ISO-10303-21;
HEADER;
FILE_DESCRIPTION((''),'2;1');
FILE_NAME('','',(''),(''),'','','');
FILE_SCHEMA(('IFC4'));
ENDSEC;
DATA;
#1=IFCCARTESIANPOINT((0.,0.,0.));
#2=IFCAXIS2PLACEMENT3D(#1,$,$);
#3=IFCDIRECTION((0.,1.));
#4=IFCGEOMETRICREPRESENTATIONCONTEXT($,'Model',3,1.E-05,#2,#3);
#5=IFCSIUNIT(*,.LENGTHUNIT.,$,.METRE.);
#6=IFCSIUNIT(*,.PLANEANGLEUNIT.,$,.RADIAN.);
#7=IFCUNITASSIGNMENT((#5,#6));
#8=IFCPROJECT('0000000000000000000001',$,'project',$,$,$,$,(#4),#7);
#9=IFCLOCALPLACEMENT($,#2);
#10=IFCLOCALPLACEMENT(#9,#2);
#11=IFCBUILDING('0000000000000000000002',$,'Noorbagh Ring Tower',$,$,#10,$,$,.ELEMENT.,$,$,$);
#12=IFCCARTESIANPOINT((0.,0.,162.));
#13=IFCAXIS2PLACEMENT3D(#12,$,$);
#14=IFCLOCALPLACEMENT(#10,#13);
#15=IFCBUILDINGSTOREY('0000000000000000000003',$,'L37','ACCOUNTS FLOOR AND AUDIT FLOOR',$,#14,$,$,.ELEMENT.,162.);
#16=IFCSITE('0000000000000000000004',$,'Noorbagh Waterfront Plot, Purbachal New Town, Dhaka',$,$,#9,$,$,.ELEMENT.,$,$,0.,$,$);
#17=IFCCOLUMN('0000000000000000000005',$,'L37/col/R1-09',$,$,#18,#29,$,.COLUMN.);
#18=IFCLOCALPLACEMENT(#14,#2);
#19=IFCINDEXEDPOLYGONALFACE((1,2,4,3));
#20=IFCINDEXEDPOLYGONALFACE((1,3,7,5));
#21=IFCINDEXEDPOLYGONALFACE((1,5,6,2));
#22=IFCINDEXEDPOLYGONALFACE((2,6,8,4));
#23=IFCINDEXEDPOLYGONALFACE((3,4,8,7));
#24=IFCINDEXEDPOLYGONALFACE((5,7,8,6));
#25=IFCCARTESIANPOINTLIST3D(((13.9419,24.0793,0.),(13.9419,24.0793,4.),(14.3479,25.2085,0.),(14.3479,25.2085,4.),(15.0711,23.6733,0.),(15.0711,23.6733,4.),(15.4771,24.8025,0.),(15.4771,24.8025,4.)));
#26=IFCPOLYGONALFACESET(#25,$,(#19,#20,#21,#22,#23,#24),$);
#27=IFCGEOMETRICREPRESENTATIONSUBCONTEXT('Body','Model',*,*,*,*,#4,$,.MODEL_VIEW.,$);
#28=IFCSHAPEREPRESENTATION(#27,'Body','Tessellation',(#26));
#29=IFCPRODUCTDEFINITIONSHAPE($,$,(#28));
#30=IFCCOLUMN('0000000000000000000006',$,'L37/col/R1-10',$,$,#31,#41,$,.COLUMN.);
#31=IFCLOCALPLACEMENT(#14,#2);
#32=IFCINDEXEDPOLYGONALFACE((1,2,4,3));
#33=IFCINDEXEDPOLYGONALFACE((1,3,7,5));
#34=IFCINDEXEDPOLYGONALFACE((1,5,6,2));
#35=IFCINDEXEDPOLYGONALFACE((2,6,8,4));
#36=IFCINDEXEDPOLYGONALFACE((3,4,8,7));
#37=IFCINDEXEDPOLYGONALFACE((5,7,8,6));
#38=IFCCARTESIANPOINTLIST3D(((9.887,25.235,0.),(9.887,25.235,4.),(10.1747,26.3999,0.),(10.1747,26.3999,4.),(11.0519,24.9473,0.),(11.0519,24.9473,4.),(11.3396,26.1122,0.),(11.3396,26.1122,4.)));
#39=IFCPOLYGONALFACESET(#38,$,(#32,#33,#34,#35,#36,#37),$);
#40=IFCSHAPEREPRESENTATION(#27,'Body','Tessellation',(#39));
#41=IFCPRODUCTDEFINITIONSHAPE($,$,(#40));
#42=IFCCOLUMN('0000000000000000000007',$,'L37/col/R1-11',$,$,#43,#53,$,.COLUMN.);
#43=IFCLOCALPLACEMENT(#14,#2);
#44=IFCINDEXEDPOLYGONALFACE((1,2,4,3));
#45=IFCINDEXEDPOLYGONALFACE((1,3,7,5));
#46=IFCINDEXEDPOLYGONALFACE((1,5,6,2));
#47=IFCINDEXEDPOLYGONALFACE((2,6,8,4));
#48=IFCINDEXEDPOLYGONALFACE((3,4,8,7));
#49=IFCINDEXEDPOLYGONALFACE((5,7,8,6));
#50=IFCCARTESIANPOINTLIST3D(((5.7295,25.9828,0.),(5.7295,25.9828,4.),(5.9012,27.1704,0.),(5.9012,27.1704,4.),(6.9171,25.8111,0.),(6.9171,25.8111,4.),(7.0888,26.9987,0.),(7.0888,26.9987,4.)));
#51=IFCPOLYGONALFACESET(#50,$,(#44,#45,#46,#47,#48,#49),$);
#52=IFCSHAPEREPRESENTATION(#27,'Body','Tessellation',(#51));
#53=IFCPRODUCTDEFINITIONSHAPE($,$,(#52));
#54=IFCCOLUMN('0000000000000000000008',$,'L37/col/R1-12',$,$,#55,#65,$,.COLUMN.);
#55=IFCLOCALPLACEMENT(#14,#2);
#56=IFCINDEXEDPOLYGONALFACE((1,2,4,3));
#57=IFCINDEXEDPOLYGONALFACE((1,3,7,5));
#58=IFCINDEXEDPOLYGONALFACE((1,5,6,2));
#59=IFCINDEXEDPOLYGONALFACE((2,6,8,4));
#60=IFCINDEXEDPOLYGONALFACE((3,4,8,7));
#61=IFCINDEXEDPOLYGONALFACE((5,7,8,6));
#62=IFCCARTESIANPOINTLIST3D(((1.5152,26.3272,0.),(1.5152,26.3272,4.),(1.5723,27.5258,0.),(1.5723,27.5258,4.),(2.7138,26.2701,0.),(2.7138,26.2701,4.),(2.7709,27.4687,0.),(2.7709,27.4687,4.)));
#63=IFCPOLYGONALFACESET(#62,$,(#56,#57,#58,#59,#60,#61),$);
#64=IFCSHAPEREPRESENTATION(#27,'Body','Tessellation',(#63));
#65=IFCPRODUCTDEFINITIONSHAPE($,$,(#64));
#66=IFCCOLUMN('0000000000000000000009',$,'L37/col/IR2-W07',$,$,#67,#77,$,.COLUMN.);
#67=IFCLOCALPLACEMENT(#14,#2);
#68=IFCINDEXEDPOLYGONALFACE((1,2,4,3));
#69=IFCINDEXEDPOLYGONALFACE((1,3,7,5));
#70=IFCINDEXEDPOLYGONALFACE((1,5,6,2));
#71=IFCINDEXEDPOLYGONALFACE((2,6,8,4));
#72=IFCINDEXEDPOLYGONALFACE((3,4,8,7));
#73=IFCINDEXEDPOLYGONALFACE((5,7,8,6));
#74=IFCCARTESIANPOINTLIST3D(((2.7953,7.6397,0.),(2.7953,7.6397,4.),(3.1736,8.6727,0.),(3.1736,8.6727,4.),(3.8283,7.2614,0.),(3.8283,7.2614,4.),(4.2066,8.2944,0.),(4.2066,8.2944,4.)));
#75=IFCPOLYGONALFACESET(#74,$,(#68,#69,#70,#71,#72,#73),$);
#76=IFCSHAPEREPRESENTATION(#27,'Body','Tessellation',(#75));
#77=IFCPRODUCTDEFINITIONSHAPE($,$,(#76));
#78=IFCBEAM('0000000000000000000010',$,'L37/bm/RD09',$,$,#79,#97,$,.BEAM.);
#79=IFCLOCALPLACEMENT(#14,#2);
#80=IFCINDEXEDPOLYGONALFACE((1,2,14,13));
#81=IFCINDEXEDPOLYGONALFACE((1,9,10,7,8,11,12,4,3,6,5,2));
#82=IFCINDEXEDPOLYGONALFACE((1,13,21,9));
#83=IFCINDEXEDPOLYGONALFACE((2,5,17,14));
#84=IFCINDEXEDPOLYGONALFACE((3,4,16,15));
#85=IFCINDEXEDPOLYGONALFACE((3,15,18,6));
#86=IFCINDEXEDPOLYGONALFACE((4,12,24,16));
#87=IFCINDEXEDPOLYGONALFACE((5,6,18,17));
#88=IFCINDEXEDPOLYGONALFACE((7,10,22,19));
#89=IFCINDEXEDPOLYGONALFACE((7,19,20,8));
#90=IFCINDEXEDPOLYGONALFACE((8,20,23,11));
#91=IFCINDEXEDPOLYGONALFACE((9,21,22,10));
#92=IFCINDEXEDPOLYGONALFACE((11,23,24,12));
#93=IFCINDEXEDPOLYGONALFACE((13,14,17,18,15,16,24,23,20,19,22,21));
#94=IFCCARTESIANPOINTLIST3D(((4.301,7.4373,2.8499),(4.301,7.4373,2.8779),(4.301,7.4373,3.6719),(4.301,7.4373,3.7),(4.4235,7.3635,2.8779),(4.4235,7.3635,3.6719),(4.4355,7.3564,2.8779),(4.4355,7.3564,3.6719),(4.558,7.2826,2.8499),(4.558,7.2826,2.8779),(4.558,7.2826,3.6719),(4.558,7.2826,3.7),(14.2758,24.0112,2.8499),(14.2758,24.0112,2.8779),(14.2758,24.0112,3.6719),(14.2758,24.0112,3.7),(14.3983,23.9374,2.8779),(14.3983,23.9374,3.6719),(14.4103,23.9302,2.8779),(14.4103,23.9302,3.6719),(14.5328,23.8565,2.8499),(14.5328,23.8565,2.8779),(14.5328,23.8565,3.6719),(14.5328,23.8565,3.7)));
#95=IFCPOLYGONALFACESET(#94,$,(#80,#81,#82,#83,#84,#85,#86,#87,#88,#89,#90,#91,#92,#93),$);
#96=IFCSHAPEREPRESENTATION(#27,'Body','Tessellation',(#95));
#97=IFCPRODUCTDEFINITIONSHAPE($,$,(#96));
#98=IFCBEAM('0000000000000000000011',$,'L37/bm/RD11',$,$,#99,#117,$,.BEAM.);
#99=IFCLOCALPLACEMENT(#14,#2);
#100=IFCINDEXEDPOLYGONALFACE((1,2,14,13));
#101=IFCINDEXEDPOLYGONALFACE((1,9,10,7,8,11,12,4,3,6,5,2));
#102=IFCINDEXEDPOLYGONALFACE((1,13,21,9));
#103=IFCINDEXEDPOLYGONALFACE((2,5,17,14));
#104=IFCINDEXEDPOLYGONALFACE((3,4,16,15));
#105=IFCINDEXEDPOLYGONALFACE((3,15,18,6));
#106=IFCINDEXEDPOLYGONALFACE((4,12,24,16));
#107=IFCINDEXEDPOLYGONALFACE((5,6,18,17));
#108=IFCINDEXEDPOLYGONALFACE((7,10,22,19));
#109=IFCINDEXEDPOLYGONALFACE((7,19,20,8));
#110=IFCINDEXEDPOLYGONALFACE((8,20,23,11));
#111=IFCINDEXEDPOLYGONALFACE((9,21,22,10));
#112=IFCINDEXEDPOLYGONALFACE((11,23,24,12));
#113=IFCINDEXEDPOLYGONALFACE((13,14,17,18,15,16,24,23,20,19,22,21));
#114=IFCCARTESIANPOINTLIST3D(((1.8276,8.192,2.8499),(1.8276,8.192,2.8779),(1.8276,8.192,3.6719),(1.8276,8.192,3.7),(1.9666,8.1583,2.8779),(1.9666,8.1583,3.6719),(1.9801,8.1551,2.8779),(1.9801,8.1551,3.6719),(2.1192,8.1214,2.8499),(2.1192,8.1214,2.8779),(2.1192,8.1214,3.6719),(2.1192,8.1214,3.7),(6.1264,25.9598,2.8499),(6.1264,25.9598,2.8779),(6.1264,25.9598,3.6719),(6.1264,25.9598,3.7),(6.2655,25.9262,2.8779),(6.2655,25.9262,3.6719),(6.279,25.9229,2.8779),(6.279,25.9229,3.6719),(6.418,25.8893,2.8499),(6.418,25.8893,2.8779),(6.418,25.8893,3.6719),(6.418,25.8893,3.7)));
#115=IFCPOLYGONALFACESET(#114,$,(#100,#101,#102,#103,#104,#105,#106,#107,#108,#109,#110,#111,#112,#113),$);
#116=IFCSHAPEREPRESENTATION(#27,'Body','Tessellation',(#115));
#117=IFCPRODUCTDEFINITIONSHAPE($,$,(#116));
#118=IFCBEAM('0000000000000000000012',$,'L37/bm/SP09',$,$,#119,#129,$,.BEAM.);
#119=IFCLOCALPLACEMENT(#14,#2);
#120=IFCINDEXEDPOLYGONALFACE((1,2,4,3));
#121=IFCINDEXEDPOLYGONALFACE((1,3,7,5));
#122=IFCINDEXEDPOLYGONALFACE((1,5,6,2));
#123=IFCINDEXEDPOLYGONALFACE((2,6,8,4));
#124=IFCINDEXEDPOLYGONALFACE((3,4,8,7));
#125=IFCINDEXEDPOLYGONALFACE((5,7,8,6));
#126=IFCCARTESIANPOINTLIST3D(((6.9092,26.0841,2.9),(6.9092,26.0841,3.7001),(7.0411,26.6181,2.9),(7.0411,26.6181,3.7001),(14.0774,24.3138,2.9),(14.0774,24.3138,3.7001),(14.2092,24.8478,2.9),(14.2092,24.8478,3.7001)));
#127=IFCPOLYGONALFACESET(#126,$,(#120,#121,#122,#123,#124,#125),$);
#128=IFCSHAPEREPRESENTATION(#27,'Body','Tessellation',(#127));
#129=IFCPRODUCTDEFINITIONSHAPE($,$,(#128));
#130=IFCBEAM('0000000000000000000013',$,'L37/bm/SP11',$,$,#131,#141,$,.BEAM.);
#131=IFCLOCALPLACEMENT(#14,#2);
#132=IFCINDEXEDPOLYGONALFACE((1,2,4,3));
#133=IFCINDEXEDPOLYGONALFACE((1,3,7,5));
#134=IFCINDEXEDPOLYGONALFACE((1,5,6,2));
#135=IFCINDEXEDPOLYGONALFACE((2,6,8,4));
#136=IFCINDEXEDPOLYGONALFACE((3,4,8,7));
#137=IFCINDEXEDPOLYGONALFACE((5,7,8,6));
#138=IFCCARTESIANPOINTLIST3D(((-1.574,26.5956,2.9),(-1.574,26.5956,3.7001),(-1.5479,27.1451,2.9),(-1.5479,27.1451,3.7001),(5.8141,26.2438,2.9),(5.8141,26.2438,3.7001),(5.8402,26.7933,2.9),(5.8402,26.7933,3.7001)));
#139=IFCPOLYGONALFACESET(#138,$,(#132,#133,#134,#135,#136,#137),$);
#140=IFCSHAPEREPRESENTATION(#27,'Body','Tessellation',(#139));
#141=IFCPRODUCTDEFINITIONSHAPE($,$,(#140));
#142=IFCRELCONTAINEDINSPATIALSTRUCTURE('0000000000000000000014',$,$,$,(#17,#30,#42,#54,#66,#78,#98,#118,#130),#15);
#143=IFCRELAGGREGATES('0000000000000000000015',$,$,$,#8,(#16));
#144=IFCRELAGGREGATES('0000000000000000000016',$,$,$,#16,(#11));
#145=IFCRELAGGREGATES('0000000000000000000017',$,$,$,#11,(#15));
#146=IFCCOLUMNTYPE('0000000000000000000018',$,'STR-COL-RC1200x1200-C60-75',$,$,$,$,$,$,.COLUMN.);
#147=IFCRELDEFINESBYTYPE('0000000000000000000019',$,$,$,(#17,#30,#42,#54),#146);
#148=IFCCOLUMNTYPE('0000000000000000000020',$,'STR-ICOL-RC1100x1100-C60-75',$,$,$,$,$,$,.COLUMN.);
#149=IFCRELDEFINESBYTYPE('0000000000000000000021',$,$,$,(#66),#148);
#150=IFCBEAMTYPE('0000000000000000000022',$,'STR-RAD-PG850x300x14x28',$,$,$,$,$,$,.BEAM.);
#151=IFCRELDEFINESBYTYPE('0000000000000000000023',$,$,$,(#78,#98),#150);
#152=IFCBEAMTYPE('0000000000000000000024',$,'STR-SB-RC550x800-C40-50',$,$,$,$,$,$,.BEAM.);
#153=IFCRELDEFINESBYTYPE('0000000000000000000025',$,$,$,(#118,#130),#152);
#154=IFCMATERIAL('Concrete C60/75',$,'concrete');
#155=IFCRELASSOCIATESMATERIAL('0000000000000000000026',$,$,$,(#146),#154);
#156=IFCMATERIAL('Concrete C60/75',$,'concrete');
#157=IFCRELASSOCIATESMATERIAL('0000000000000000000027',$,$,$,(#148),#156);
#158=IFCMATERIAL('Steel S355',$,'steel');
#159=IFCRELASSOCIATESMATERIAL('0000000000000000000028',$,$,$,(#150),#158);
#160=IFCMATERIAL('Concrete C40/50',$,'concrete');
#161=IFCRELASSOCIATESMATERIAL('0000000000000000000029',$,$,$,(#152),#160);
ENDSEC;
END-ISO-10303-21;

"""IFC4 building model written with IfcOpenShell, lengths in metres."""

from ifc_helpers import new_model, si_unit, direction, frame, origin, origin_2d, place, context, subcontext, project, spatial, rectangle, i_section, extrude, material, material_profile, profile_set, type_object, element, save


model = new_model("IFC4")

# Units and contexts
model_context = context("Model", 3, precision=1e-05, world=origin(), true_north=direction((0.0, 1.0)))
body_context = subcontext(model_context, "Body", "Model", "MODEL_VIEW")
ifc_project = project(units=[si_unit("LENGTHUNIT", "METRE"), si_unit("PLANEANGLEUNIT", "RADIAN")], contexts=[model_context])

# Site, building, storey
site_placement = place(None, origin())
site = spatial("IfcSite", under=ifc_project, at=site_placement, Name="Noorbagh Waterfront Plot, Purbachal New Town, Dhaka", CompositionType="ELEMENT", RefElevation=0.0)
building_placement = place(site_placement, origin())
building = spatial("IfcBuilding", under=site, at=building_placement, Name="Noorbagh Ring Tower", CompositionType="ELEMENT")
storey_placement = place(building_placement, frame((0.0, 0.0, 162.0)))
storey = spatial("IfcBuildingStorey", under=building, at=storey_placement, Name="L37", Description="ACCOUNTS FLOOR AND AUDIT FLOOR", CompositionType="ELEMENT", Elevation=162.0)

# Columns
ifc_material_1 = material(Name="Concrete C60/75", Category="concrete")
ifc_material_profile_1 = material_profile(ifc_material_1, rectangle(XDim=1.2, YDim=1.2, at=origin_2d()), Name="RC1200x1200")
ifc_profile_set_1 = profile_set([ifc_material_profile_1], Name="Concrete C60/75")
column_type_1 = type_object("IfcColumnType", Name="STR-COL-RC1200x1200-C60-75", PredefinedType="COLUMN", material=ifc_profile_set_1)
for number, where, z_axis, x_axis, name in (
    (1, (14.7095, 24.4409, 0.0), (0.0, 0.0, 1.0), (-0.941025, 0.338338, 0.0), "L37/col/R1-09"),
    (2, (10.6133, 25.6736, 0.0), (0.0, 0.0, 1.0), (-0.970829, 0.239771, 0.0), "L37/col/R1-10"),
    (3, (6.4092, 26.4907, 0.0), (0.0, 0.0, 1.0), (-0.989713, 0.143066, 0.0), "L37/col/R1-11"),
    (4, (2.1431, 26.8979, 0.0), (0.0, 0.0, 1.0), (-0.998869, 0.047553, 0.0), "L37/col/R1-12"),
):
    element("IfcColumn", number, at=place(storey_placement, frame(where, z_axis=z_axis, x_axis=x_axis)), inside=storey, type_object=column_type_1, Name=name, PredefinedType="COLUMN", context=body_context, shape_type="SweptSolid", body=[
        extrude(rectangle(XDim=1.2, YDim=1.2, at=origin_2d()), origin(), (0.0, 0.0, 1.0), 4.0),
    ])
ifc_material_2 = material(Name="Concrete C60/75", Category="concrete")
ifc_material_profile_2 = material_profile(ifc_material_2, rectangle(XDim=1.1001, YDim=1.1001, at=origin_2d()), Name="RC1100x1100")
ifc_profile_set_2 = profile_set([ifc_material_profile_2], Name="Concrete C60/75")
column_type_2 = type_object("IfcColumnType", Name="STR-ICOL-RC1100x1100-C60-75", PredefinedType="COLUMN", material=ifc_profile_set_2)
column_placement = place(storey_placement, frame((3.501, 7.967, 0.0), z_axis=(0.0, 0.0, 1.0), x_axis=(-0.93902, 0.343864, 0.0)))
element("IfcColumn", 5, at=column_placement, inside=storey, type_object=column_type_2, Name="L37/col/IR2-W07", PredefinedType="COLUMN", context=body_context, shape_type="SweptSolid", body=[
    extrude(rectangle(XDim=1.1001, YDim=1.1001, at=origin_2d()), origin(), (0.0, 0.0, 1.0), 4.0),
])

# Beams
ifc_material_3 = material(Name="Steel S355", Category="steel")
ifc_material_profile_3 = material_profile(ifc_material_3, i_section(OverallWidth=0.3, OverallDepth=0.8501, WebThickness=0.0139, FlangeThickness=0.0281, at=origin_2d()), Name="PG850x300x14x28")
ifc_profile_set_3 = profile_set([ifc_material_profile_3], Name="Steel S355")
beam_type_1 = type_object("IfcBeamType", Name="STR-RAD-PG850x300x14x28", PredefinedType="BEAM", material=ifc_profile_set_3)
beam_1_placement = place(storey_placement, frame((14.4043, 23.9338, 3.2749), z_axis=(-0.515653, -0.856797, 0.0), x_axis=(0.856797, -0.515653, 0.0)))
element("IfcBeam", 6, at=beam_1_placement, inside=storey, type_object=beam_type_1, Name="L37/bm/RD09", PredefinedType="BEAM", context=body_context, shape_type="SweptSolid", body=[
    extrude(i_section(OverallWidth=0.3, OverallDepth=0.8501, WebThickness=0.0139, FlangeThickness=0.0281, at=origin_2d()), origin(), (0.0, 0.0, 1.0), 19.344),
])
beam_2_placement = place(storey_placement, frame((6.2722, 25.9246, 3.2749), z_axis=(-0.23516, -0.971957, 0.0), x_axis=(0.971957, -0.23516, 0.0)))
element("IfcBeam", 7, at=beam_2_placement, inside=storey, type_object=beam_type_1, Name="L37/bm/RD11", PredefinedType="BEAM", context=body_context, shape_type="SweptSolid", body=[
    extrude(i_section(OverallWidth=0.3, OverallDepth=0.8501, WebThickness=0.0139, FlangeThickness=0.0281, at=origin_2d()), origin(), (0.0, 0.0, 1.0), 18.2805),
])
ifc_material_4 = material(Name="Concrete C40/50", Category="concrete")
ifc_material_profile_4 = material_profile(ifc_material_4, rectangle(XDim=0.55, YDim=0.8, at=origin_2d()), Name="RC550x800")
ifc_profile_set_4 = profile_set([ifc_material_profile_4], Name="Concrete C40/50")
beam_type_2 = type_object("IfcBeamType", Name="STR-SB-RC550x800-C40-50", PredefinedType="BEAM", material=ifc_profile_set_4)
beam_3_placement = place(storey_placement, frame((14.1433, 24.5808, 3.3), z_axis=(-0.970833, 0.239757, 0.0), x_axis=(-0.239757, -0.970833, 0.0)))
element("IfcBeam", 8, at=beam_3_placement, inside=storey, type_object=beam_type_2, Name="L37/bm/SP09", PredefinedType="BEAM", context=body_context, shape_type="SweptSolid", body=[
    extrude(rectangle(XDim=0.55, YDim=0.8, at=origin_2d()), origin(), (0.0, 0.0, 1.0), 7.3835),
])
beam_4_placement = place(storey_placement, frame((5.8271, 26.5186, 3.3), z_axis=(-0.998868, 0.047564, 0.0), x_axis=(-0.047564, -0.998868, 0.0)))
element("IfcBeam", 9, at=beam_4_placement, inside=storey, type_object=beam_type_2, Name="L37/bm/SP11", PredefinedType="BEAM", context=body_context, shape_type="SweptSolid", body=[
    extrude(rectangle(XDim=0.55, YDim=0.8, at=origin_2d()), origin(), (0.0, 0.0, 1.0), 7.3965),
])

save(model, "model.ifc")
